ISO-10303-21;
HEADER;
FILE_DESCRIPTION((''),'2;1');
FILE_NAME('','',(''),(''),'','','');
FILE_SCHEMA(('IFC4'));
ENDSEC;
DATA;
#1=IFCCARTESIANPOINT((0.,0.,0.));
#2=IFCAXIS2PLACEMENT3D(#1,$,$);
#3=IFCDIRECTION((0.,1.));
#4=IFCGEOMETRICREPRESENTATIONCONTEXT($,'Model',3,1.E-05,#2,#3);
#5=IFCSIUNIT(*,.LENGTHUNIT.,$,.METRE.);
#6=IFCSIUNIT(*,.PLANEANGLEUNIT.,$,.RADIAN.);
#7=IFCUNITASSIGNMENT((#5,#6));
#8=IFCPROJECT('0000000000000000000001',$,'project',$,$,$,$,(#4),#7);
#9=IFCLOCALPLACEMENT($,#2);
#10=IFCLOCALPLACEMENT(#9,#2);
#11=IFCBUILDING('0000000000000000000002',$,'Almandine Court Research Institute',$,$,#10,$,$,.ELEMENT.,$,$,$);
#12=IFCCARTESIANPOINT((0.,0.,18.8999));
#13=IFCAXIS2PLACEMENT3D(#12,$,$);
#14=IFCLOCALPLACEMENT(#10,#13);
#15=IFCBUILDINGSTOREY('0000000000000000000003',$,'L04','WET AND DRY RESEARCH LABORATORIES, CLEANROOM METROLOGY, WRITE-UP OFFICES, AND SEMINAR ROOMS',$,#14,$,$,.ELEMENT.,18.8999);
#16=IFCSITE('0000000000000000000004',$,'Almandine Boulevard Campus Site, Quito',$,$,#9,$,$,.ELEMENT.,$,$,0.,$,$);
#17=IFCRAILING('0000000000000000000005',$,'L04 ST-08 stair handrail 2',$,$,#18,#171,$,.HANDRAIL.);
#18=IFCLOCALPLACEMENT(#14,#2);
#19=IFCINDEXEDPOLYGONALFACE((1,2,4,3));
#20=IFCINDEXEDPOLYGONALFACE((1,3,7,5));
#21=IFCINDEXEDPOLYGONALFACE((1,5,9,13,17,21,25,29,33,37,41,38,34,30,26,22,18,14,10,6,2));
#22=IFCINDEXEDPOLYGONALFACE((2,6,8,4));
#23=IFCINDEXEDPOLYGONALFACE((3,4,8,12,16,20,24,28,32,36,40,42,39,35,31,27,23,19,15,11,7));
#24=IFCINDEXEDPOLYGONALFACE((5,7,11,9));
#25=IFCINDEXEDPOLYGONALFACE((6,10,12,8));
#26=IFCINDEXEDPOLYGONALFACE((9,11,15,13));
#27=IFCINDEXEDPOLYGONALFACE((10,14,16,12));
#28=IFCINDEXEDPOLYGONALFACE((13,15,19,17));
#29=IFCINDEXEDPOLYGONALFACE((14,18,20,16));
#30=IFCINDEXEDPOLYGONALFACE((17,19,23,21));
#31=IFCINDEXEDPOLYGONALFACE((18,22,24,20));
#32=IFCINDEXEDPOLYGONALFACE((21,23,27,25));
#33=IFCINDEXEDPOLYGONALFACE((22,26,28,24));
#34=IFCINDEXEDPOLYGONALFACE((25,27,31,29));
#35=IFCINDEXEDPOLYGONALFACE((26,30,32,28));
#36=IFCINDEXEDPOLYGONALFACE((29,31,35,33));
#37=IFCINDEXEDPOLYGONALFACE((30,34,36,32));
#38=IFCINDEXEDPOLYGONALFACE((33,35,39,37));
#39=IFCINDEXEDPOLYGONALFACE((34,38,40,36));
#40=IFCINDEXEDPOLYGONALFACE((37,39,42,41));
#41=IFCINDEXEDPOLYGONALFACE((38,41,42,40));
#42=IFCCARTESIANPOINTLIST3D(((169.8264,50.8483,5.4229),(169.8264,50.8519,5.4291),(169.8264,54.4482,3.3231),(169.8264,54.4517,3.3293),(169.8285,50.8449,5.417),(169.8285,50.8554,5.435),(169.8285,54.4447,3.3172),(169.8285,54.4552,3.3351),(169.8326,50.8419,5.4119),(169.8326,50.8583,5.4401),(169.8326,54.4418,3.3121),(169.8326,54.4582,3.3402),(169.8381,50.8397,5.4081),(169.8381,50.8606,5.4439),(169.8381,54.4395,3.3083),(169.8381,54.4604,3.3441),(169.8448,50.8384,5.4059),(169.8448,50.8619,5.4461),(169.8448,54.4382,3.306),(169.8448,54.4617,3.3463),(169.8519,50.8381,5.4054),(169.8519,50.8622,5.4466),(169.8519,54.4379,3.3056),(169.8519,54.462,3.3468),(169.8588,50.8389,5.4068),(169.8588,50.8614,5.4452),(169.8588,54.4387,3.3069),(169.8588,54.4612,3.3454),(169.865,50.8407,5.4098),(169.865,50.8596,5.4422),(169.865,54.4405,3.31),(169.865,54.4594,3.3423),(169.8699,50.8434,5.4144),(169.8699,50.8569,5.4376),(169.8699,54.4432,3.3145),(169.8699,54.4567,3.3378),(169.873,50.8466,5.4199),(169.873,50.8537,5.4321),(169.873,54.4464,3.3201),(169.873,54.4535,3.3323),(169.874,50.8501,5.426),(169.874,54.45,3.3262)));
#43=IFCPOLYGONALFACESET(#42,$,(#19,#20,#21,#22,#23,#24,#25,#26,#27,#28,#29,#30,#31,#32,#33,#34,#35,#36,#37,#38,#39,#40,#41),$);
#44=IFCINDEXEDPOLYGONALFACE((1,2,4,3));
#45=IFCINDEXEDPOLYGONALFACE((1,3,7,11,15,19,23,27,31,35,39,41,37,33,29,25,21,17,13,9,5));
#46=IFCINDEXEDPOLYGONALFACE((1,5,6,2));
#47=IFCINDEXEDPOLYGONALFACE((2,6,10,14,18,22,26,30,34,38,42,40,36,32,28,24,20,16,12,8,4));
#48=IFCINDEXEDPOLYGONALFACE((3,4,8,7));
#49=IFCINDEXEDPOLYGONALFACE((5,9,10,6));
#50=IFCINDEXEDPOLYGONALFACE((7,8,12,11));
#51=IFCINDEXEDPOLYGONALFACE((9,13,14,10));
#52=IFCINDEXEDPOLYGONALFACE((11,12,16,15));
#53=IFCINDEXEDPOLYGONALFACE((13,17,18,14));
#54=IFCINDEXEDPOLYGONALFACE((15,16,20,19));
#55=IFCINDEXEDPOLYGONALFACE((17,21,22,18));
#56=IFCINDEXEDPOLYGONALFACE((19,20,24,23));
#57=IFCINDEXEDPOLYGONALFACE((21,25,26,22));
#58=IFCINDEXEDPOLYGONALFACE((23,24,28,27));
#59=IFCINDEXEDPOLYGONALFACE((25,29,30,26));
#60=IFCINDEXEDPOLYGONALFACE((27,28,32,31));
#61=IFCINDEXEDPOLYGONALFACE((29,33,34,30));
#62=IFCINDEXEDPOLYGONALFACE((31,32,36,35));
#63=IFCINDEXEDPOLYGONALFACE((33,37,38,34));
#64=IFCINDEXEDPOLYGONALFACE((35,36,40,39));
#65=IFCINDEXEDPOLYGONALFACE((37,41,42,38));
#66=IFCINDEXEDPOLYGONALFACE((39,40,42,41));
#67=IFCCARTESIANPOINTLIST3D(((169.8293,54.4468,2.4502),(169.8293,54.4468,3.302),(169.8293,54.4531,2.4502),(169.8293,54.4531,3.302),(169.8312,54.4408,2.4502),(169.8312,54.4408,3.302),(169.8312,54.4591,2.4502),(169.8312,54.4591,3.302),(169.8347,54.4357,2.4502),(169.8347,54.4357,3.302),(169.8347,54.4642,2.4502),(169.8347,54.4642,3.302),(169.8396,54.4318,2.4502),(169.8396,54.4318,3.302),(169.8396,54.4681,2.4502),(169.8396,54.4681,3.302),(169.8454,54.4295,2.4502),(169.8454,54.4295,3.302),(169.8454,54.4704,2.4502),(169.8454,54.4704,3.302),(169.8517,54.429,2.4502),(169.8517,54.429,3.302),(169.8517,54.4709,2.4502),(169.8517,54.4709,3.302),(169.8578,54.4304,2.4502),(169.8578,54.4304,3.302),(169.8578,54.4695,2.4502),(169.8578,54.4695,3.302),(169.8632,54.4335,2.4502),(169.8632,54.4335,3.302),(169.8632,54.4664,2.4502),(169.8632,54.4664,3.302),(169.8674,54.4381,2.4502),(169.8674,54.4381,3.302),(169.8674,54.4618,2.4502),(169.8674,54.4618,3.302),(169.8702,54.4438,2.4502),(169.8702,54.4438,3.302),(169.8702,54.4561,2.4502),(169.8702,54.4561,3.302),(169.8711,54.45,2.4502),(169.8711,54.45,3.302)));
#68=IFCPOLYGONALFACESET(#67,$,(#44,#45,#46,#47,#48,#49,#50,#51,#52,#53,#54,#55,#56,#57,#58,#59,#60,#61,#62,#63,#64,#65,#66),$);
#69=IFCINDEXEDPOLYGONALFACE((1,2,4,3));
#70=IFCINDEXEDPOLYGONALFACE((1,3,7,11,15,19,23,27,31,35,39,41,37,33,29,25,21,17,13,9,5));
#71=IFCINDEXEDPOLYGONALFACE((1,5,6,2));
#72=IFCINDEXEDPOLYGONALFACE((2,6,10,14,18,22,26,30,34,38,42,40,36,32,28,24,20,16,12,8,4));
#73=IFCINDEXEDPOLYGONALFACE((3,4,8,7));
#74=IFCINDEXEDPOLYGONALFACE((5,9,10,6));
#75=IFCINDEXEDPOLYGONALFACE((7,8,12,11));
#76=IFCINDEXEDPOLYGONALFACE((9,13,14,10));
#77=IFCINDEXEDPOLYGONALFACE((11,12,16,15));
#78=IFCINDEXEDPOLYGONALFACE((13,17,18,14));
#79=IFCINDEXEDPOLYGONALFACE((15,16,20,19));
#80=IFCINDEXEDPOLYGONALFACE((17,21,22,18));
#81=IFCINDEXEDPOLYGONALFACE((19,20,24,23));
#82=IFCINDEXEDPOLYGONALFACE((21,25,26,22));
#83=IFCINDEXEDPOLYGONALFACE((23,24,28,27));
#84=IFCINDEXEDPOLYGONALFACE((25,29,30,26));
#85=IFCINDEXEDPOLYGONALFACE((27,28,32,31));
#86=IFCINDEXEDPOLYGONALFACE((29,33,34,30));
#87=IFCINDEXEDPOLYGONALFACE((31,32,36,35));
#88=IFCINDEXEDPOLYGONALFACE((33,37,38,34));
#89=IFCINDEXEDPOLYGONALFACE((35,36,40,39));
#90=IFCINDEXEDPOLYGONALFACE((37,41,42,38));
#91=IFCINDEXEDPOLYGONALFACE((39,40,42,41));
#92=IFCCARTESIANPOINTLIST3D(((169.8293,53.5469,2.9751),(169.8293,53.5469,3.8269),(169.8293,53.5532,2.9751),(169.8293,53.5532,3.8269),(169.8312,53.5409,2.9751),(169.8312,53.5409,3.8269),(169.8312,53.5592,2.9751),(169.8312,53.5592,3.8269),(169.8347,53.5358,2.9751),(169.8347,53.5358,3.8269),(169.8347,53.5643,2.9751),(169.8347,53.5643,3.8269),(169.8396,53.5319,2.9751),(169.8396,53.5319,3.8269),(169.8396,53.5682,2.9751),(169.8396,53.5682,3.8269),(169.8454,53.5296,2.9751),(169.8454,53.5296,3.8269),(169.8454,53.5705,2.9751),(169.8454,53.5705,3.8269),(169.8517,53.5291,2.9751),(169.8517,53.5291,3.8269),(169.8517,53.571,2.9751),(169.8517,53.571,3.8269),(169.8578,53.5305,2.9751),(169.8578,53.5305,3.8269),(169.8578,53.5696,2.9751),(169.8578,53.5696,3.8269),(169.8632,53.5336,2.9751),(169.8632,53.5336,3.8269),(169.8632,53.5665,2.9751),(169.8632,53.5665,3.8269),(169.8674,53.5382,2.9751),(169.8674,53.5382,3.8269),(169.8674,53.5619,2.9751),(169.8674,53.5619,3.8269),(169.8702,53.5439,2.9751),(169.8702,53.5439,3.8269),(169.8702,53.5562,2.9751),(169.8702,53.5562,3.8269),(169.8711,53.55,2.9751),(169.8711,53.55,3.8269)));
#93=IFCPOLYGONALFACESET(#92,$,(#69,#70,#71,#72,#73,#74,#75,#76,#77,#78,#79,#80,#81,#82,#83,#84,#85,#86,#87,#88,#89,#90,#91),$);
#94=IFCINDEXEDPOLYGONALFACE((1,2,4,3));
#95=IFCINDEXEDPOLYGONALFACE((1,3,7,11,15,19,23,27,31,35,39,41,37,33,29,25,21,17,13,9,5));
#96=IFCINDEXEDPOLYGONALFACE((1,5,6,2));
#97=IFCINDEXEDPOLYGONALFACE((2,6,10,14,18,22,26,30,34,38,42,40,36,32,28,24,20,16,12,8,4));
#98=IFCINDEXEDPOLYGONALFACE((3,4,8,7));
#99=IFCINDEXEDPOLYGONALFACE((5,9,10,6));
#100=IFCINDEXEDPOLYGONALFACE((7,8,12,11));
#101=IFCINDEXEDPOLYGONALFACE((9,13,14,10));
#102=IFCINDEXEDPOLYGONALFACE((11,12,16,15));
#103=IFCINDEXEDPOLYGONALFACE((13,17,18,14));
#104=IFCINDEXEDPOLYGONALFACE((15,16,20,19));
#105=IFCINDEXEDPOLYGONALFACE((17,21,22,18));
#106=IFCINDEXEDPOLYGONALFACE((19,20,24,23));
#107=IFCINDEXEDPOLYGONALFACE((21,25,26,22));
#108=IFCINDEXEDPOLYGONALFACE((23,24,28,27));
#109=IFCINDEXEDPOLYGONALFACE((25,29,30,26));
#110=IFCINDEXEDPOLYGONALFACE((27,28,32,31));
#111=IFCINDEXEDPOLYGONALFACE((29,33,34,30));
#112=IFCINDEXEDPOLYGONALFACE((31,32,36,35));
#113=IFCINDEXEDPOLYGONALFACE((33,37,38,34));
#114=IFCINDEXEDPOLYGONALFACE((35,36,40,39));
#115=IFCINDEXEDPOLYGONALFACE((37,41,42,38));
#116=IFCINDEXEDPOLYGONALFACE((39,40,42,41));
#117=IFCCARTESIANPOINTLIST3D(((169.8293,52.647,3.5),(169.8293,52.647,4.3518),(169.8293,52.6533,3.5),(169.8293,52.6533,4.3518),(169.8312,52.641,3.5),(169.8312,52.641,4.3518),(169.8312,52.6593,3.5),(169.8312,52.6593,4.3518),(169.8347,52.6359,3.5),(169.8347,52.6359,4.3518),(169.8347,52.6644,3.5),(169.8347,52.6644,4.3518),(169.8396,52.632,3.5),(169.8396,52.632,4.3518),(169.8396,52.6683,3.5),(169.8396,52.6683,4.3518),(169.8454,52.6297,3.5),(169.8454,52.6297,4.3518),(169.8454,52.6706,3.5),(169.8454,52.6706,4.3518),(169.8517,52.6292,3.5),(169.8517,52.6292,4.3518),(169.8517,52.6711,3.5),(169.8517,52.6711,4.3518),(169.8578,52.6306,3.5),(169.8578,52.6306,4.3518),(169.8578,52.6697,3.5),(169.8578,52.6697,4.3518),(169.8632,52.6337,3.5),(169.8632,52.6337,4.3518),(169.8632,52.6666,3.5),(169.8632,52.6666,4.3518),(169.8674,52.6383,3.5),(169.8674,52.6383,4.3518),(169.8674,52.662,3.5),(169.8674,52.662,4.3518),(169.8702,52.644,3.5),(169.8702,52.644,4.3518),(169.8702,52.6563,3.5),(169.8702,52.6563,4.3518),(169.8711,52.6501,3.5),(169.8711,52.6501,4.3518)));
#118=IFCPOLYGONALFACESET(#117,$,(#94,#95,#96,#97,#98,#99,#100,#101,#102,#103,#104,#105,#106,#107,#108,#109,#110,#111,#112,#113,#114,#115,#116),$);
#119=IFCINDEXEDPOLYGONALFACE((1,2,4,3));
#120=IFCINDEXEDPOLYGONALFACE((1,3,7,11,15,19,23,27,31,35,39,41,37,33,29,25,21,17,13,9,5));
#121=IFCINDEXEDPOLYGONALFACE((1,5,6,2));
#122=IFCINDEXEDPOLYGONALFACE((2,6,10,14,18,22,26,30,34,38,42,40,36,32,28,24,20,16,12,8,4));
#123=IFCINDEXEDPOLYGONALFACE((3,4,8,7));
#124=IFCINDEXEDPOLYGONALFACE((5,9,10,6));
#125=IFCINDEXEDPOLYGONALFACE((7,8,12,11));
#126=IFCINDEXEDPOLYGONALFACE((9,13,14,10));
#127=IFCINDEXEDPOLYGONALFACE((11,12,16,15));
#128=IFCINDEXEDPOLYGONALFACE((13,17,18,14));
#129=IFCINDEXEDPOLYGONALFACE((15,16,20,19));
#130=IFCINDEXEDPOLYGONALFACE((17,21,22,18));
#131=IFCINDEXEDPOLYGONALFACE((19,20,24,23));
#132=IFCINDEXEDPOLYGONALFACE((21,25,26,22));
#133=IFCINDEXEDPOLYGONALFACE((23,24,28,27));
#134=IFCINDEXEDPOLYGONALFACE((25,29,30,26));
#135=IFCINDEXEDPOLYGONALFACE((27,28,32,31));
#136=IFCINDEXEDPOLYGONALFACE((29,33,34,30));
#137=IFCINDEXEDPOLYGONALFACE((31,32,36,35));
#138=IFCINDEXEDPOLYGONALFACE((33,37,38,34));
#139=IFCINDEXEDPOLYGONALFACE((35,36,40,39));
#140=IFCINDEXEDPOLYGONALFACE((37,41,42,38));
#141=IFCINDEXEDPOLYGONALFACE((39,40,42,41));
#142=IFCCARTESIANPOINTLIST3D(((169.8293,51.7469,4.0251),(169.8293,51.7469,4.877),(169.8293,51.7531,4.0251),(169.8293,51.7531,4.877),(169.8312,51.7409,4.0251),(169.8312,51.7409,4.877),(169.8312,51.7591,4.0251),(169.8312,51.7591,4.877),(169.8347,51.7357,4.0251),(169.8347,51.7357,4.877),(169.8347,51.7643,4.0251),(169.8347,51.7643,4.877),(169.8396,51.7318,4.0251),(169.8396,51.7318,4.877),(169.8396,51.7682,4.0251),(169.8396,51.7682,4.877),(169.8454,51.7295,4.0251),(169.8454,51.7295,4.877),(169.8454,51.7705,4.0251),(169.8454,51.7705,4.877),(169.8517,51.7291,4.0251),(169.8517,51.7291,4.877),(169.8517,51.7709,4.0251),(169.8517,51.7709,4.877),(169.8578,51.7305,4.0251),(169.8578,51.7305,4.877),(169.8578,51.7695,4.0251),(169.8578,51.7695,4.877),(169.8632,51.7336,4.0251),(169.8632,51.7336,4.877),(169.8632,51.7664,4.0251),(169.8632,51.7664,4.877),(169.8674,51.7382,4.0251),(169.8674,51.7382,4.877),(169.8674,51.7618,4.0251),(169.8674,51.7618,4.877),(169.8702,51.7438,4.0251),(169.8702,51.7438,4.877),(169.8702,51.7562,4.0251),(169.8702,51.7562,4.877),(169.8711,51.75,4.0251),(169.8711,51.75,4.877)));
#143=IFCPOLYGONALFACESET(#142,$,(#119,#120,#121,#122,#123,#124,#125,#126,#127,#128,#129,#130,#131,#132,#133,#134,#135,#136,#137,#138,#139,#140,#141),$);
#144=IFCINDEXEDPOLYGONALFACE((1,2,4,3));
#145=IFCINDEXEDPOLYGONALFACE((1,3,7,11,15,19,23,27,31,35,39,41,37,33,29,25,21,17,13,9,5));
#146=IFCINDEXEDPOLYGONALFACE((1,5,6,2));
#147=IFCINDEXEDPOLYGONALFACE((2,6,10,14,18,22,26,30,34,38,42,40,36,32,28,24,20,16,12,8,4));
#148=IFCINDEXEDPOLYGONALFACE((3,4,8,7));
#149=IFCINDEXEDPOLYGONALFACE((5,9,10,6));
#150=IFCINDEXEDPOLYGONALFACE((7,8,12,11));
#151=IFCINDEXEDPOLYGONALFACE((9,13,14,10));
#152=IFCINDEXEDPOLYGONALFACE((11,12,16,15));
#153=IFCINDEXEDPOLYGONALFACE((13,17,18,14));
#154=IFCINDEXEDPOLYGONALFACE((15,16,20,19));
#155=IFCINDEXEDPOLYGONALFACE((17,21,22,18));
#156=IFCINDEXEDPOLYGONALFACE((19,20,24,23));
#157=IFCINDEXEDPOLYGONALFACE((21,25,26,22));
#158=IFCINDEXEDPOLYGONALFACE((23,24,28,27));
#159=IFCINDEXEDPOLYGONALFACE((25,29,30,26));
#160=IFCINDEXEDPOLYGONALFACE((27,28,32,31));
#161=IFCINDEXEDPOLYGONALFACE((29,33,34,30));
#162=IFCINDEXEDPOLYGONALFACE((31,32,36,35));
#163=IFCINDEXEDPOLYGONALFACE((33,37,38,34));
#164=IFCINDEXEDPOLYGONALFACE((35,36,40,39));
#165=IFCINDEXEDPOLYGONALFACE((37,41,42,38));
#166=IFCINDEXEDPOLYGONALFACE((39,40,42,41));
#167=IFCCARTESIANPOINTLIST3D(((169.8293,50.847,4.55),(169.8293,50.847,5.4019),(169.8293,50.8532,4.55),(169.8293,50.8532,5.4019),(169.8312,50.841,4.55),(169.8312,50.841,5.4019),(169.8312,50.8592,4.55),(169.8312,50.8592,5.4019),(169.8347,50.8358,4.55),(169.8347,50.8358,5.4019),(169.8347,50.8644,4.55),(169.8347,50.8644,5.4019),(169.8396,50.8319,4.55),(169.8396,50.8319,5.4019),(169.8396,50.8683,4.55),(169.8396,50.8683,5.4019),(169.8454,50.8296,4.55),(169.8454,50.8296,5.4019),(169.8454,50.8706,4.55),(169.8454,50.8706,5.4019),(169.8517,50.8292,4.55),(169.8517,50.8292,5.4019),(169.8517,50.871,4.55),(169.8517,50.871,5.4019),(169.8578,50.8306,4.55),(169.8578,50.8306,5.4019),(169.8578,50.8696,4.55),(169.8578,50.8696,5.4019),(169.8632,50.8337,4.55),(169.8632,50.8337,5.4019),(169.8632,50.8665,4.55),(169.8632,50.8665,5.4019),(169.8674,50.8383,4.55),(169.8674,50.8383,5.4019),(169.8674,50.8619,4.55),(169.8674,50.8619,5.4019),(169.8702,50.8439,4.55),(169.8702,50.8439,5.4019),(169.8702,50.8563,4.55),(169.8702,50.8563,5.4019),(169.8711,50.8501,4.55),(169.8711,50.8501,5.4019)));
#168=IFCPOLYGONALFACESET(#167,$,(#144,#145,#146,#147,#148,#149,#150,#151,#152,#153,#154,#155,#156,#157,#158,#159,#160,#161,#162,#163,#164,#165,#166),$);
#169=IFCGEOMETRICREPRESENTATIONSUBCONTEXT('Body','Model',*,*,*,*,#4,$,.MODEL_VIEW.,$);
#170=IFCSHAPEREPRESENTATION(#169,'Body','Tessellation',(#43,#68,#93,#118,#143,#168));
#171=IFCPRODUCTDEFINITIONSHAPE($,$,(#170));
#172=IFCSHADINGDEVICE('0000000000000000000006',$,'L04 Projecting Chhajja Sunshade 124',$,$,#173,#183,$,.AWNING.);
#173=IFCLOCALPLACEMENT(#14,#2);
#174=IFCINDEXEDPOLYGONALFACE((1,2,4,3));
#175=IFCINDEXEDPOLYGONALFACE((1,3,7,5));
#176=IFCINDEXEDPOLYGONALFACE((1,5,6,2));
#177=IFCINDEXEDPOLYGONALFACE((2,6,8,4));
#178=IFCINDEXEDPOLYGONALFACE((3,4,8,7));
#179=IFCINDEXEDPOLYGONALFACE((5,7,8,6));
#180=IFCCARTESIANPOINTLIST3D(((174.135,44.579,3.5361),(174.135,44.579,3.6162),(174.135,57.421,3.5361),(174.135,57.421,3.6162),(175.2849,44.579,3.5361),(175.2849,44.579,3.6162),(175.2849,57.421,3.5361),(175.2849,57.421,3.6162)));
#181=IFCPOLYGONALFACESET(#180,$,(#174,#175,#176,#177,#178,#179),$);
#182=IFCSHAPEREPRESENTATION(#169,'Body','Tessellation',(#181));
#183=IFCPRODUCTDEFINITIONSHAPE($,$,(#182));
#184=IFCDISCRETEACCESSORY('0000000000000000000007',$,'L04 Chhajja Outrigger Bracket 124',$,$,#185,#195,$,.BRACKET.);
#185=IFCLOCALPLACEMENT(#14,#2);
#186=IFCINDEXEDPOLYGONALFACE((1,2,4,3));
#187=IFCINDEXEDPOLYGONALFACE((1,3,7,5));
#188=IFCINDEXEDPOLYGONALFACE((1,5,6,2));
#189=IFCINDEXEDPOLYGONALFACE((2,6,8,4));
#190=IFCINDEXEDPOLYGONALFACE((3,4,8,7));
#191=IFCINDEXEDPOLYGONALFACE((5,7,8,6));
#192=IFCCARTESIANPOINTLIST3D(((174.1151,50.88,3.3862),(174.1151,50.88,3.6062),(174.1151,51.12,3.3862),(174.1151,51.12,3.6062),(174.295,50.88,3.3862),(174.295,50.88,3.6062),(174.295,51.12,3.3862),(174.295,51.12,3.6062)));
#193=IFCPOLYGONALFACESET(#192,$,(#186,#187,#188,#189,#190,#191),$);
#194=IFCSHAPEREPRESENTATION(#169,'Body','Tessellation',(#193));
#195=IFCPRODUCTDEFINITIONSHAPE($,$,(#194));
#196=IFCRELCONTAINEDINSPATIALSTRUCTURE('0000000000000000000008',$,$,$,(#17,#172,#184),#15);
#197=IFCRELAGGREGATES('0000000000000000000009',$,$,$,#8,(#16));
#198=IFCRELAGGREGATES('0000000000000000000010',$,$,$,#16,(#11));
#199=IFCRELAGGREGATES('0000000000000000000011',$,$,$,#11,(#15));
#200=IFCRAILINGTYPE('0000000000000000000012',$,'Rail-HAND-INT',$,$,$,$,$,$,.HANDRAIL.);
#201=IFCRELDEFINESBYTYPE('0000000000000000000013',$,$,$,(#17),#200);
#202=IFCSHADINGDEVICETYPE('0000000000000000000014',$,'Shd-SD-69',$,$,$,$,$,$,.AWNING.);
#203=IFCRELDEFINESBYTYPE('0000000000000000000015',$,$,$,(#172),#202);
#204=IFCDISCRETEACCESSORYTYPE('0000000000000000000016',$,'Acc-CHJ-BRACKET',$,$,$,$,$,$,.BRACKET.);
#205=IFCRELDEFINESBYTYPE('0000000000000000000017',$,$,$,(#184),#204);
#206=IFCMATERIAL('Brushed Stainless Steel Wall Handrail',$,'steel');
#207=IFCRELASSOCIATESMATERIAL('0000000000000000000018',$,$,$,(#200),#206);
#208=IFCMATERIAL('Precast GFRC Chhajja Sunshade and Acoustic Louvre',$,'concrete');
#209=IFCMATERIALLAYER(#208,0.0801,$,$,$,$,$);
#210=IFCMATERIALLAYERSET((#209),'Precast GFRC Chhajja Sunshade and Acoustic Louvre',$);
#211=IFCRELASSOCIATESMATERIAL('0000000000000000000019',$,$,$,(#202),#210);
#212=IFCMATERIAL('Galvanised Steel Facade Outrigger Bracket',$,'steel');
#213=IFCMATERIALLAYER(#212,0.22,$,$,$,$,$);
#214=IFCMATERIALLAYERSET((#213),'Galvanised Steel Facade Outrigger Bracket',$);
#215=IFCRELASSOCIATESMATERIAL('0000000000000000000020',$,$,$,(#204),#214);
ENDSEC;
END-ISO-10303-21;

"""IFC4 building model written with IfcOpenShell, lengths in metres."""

from ifc_helpers import new_model, si_unit, direction, frame, origin, origin_2d, place, context, subcontext, project, spatial, rectangle, circle, extrude, material, layer, layer_set, type_object, element, save


model = new_model("IFC4")

# Units and contexts
model_context = context("Model", 3, precision=1e-05, world=origin(), true_north=direction((0.0, 1.0)))
body_context = subcontext(model_context, "Body", "Model", "MODEL_VIEW")
ifc_project = project(units=[si_unit("LENGTHUNIT", "METRE"), si_unit("PLANEANGLEUNIT", "RADIAN")], contexts=[model_context])

# Site, building, storey
site_placement = place(None, origin())
site = spatial("IfcSite", under=ifc_project, at=site_placement, Name="Almandine Boulevard Campus Site, Quito", CompositionType="ELEMENT", RefElevation=0.0)
building_placement = place(site_placement, origin())
building = spatial("IfcBuilding", under=site, at=building_placement, Name="Almandine Court Research Institute", CompositionType="ELEMENT")
storey_placement = place(building_placement, frame((0.0, 0.0, 18.8999)))
storey = spatial("IfcBuildingStorey", under=building, at=storey_placement, Name="L04", Description="WET AND DRY RESEARCH LABORATORIES, CLEANROOM METROLOGY, WRITE-UP OFFICES, AND SEMINAR ROOMS", CompositionType="ELEMENT", Elevation=18.8999)

# Railing
ifc_material_1 = material(Name="Brushed Stainless Steel Wall Handrail", Category="steel")
railing_type_1 = type_object("IfcRailingType", Name="Rail-HAND-INT", PredefinedType="HANDRAIL", material=ifc_material_1)
railing_1_placement = place(storey_placement, frame((169.8501, 54.45, 2.4502)))
element("IfcRailing", 1, at=railing_1_placement, inside=storey, type_object=railing_type_1, Name="L04 ST-08 stair handrail 2", PredefinedType="HANDRAIL", context=body_context, shape_type="SweptSolid", body=[
    extrude(circle(Radius=0.0239, at=origin_2d()), frame((0.0, 0.0, 0.876), z_axis=(0.0, -0.863785, 0.50386), x_axis=(1.0, 0.0, 0.0)), (0.0, 0.0, 1.0), 4.1675),
    extrude(circle(Radius=0.021, at=origin_2d()), origin(), (0.0, 0.0, 1.0), 0.8518),
    extrude(circle(Radius=0.021, at=origin_2d()), frame((0.0, -0.8999, 0.5249)), (0.0, 0.0, 1.0), 0.8518),
    extrude(circle(Radius=0.021, at=origin_2d()), frame((0.0, -1.7998, 1.0498)), (0.0, 0.0, 1.0), 0.8518),
    extrude(circle(Radius=0.021, at=origin_2d()), frame((0.0, -2.7, 1.575)), (0.0, 0.0, 1.0), 0.8518),
    extrude(circle(Radius=0.021, at=origin_2d()), frame((0.0, -3.5999, 2.0999)), (0.0, 0.0, 1.0), 0.8518),
])

# Shading device
ifc_material_2 = material(Name="Precast GFRC Chhajja Sunshade and Acoustic Louvre", Category="concrete")
ifc_layer_1 = layer(ifc_material_2, 0.0801)
ifc_layer_set_1 = layer_set([ifc_layer_1], Name="Precast GFRC Chhajja Sunshade and Acoustic Louvre")
shading_device_type = type_object("IfcShadingDeviceType", Name="Shd-SD-69", PredefinedType="AWNING", material=ifc_layer_set_1)
shading_device_placement = place(storey_placement, frame((174.71, 51.0, 3.5361), z_axis=(0.0, 0.0, 1.0), x_axis=(0.0, -1.0, 0.0)))
element("IfcShadingDevice", 2, at=shading_device_placement, inside=storey, type_object=shading_device_type, Name="L04 Projecting Chhajja Sunshade 124", PredefinedType="AWNING", context=body_context, shape_type="SweptSolid", body=[
    extrude(rectangle(XDim=12.842, YDim=1.1499, at=origin_2d()), origin(), (0.0, 0.0, 1.0), 0.0801),
])

# Discrete accessory
ifc_material_3 = material(Name="Galvanised Steel Facade Outrigger Bracket", Category="steel")
ifc_layer_2 = layer(ifc_material_3, 0.22)
ifc_layer_set_2 = layer_set([ifc_layer_2], Name="Galvanised Steel Facade Outrigger Bracket")
discrete_accessory_type = type_object("IfcDiscreteAccessoryType", Name="Acc-CHJ-BRACKET", PredefinedType="BRACKET", material=ifc_layer_set_2)
discrete_accessory_placement = place(storey_placement, frame((174.2051, 51.0, 3.3862), z_axis=(0.0, 0.0, 1.0), x_axis=(0.0, -1.0, 0.0)))
element("IfcDiscreteAccessory", 3, at=discrete_accessory_placement, inside=storey, type_object=discrete_accessory_type, Name="L04 Chhajja Outrigger Bracket 124", PredefinedType="BRACKET", context=body_context, shape_type="SweptSolid", body=[
    extrude(rectangle(XDim=0.24, YDim=0.1799, at=origin_2d()), origin(), (0.0, 0.0, 1.0), 0.22),
])

save(model, "model.ifc")
